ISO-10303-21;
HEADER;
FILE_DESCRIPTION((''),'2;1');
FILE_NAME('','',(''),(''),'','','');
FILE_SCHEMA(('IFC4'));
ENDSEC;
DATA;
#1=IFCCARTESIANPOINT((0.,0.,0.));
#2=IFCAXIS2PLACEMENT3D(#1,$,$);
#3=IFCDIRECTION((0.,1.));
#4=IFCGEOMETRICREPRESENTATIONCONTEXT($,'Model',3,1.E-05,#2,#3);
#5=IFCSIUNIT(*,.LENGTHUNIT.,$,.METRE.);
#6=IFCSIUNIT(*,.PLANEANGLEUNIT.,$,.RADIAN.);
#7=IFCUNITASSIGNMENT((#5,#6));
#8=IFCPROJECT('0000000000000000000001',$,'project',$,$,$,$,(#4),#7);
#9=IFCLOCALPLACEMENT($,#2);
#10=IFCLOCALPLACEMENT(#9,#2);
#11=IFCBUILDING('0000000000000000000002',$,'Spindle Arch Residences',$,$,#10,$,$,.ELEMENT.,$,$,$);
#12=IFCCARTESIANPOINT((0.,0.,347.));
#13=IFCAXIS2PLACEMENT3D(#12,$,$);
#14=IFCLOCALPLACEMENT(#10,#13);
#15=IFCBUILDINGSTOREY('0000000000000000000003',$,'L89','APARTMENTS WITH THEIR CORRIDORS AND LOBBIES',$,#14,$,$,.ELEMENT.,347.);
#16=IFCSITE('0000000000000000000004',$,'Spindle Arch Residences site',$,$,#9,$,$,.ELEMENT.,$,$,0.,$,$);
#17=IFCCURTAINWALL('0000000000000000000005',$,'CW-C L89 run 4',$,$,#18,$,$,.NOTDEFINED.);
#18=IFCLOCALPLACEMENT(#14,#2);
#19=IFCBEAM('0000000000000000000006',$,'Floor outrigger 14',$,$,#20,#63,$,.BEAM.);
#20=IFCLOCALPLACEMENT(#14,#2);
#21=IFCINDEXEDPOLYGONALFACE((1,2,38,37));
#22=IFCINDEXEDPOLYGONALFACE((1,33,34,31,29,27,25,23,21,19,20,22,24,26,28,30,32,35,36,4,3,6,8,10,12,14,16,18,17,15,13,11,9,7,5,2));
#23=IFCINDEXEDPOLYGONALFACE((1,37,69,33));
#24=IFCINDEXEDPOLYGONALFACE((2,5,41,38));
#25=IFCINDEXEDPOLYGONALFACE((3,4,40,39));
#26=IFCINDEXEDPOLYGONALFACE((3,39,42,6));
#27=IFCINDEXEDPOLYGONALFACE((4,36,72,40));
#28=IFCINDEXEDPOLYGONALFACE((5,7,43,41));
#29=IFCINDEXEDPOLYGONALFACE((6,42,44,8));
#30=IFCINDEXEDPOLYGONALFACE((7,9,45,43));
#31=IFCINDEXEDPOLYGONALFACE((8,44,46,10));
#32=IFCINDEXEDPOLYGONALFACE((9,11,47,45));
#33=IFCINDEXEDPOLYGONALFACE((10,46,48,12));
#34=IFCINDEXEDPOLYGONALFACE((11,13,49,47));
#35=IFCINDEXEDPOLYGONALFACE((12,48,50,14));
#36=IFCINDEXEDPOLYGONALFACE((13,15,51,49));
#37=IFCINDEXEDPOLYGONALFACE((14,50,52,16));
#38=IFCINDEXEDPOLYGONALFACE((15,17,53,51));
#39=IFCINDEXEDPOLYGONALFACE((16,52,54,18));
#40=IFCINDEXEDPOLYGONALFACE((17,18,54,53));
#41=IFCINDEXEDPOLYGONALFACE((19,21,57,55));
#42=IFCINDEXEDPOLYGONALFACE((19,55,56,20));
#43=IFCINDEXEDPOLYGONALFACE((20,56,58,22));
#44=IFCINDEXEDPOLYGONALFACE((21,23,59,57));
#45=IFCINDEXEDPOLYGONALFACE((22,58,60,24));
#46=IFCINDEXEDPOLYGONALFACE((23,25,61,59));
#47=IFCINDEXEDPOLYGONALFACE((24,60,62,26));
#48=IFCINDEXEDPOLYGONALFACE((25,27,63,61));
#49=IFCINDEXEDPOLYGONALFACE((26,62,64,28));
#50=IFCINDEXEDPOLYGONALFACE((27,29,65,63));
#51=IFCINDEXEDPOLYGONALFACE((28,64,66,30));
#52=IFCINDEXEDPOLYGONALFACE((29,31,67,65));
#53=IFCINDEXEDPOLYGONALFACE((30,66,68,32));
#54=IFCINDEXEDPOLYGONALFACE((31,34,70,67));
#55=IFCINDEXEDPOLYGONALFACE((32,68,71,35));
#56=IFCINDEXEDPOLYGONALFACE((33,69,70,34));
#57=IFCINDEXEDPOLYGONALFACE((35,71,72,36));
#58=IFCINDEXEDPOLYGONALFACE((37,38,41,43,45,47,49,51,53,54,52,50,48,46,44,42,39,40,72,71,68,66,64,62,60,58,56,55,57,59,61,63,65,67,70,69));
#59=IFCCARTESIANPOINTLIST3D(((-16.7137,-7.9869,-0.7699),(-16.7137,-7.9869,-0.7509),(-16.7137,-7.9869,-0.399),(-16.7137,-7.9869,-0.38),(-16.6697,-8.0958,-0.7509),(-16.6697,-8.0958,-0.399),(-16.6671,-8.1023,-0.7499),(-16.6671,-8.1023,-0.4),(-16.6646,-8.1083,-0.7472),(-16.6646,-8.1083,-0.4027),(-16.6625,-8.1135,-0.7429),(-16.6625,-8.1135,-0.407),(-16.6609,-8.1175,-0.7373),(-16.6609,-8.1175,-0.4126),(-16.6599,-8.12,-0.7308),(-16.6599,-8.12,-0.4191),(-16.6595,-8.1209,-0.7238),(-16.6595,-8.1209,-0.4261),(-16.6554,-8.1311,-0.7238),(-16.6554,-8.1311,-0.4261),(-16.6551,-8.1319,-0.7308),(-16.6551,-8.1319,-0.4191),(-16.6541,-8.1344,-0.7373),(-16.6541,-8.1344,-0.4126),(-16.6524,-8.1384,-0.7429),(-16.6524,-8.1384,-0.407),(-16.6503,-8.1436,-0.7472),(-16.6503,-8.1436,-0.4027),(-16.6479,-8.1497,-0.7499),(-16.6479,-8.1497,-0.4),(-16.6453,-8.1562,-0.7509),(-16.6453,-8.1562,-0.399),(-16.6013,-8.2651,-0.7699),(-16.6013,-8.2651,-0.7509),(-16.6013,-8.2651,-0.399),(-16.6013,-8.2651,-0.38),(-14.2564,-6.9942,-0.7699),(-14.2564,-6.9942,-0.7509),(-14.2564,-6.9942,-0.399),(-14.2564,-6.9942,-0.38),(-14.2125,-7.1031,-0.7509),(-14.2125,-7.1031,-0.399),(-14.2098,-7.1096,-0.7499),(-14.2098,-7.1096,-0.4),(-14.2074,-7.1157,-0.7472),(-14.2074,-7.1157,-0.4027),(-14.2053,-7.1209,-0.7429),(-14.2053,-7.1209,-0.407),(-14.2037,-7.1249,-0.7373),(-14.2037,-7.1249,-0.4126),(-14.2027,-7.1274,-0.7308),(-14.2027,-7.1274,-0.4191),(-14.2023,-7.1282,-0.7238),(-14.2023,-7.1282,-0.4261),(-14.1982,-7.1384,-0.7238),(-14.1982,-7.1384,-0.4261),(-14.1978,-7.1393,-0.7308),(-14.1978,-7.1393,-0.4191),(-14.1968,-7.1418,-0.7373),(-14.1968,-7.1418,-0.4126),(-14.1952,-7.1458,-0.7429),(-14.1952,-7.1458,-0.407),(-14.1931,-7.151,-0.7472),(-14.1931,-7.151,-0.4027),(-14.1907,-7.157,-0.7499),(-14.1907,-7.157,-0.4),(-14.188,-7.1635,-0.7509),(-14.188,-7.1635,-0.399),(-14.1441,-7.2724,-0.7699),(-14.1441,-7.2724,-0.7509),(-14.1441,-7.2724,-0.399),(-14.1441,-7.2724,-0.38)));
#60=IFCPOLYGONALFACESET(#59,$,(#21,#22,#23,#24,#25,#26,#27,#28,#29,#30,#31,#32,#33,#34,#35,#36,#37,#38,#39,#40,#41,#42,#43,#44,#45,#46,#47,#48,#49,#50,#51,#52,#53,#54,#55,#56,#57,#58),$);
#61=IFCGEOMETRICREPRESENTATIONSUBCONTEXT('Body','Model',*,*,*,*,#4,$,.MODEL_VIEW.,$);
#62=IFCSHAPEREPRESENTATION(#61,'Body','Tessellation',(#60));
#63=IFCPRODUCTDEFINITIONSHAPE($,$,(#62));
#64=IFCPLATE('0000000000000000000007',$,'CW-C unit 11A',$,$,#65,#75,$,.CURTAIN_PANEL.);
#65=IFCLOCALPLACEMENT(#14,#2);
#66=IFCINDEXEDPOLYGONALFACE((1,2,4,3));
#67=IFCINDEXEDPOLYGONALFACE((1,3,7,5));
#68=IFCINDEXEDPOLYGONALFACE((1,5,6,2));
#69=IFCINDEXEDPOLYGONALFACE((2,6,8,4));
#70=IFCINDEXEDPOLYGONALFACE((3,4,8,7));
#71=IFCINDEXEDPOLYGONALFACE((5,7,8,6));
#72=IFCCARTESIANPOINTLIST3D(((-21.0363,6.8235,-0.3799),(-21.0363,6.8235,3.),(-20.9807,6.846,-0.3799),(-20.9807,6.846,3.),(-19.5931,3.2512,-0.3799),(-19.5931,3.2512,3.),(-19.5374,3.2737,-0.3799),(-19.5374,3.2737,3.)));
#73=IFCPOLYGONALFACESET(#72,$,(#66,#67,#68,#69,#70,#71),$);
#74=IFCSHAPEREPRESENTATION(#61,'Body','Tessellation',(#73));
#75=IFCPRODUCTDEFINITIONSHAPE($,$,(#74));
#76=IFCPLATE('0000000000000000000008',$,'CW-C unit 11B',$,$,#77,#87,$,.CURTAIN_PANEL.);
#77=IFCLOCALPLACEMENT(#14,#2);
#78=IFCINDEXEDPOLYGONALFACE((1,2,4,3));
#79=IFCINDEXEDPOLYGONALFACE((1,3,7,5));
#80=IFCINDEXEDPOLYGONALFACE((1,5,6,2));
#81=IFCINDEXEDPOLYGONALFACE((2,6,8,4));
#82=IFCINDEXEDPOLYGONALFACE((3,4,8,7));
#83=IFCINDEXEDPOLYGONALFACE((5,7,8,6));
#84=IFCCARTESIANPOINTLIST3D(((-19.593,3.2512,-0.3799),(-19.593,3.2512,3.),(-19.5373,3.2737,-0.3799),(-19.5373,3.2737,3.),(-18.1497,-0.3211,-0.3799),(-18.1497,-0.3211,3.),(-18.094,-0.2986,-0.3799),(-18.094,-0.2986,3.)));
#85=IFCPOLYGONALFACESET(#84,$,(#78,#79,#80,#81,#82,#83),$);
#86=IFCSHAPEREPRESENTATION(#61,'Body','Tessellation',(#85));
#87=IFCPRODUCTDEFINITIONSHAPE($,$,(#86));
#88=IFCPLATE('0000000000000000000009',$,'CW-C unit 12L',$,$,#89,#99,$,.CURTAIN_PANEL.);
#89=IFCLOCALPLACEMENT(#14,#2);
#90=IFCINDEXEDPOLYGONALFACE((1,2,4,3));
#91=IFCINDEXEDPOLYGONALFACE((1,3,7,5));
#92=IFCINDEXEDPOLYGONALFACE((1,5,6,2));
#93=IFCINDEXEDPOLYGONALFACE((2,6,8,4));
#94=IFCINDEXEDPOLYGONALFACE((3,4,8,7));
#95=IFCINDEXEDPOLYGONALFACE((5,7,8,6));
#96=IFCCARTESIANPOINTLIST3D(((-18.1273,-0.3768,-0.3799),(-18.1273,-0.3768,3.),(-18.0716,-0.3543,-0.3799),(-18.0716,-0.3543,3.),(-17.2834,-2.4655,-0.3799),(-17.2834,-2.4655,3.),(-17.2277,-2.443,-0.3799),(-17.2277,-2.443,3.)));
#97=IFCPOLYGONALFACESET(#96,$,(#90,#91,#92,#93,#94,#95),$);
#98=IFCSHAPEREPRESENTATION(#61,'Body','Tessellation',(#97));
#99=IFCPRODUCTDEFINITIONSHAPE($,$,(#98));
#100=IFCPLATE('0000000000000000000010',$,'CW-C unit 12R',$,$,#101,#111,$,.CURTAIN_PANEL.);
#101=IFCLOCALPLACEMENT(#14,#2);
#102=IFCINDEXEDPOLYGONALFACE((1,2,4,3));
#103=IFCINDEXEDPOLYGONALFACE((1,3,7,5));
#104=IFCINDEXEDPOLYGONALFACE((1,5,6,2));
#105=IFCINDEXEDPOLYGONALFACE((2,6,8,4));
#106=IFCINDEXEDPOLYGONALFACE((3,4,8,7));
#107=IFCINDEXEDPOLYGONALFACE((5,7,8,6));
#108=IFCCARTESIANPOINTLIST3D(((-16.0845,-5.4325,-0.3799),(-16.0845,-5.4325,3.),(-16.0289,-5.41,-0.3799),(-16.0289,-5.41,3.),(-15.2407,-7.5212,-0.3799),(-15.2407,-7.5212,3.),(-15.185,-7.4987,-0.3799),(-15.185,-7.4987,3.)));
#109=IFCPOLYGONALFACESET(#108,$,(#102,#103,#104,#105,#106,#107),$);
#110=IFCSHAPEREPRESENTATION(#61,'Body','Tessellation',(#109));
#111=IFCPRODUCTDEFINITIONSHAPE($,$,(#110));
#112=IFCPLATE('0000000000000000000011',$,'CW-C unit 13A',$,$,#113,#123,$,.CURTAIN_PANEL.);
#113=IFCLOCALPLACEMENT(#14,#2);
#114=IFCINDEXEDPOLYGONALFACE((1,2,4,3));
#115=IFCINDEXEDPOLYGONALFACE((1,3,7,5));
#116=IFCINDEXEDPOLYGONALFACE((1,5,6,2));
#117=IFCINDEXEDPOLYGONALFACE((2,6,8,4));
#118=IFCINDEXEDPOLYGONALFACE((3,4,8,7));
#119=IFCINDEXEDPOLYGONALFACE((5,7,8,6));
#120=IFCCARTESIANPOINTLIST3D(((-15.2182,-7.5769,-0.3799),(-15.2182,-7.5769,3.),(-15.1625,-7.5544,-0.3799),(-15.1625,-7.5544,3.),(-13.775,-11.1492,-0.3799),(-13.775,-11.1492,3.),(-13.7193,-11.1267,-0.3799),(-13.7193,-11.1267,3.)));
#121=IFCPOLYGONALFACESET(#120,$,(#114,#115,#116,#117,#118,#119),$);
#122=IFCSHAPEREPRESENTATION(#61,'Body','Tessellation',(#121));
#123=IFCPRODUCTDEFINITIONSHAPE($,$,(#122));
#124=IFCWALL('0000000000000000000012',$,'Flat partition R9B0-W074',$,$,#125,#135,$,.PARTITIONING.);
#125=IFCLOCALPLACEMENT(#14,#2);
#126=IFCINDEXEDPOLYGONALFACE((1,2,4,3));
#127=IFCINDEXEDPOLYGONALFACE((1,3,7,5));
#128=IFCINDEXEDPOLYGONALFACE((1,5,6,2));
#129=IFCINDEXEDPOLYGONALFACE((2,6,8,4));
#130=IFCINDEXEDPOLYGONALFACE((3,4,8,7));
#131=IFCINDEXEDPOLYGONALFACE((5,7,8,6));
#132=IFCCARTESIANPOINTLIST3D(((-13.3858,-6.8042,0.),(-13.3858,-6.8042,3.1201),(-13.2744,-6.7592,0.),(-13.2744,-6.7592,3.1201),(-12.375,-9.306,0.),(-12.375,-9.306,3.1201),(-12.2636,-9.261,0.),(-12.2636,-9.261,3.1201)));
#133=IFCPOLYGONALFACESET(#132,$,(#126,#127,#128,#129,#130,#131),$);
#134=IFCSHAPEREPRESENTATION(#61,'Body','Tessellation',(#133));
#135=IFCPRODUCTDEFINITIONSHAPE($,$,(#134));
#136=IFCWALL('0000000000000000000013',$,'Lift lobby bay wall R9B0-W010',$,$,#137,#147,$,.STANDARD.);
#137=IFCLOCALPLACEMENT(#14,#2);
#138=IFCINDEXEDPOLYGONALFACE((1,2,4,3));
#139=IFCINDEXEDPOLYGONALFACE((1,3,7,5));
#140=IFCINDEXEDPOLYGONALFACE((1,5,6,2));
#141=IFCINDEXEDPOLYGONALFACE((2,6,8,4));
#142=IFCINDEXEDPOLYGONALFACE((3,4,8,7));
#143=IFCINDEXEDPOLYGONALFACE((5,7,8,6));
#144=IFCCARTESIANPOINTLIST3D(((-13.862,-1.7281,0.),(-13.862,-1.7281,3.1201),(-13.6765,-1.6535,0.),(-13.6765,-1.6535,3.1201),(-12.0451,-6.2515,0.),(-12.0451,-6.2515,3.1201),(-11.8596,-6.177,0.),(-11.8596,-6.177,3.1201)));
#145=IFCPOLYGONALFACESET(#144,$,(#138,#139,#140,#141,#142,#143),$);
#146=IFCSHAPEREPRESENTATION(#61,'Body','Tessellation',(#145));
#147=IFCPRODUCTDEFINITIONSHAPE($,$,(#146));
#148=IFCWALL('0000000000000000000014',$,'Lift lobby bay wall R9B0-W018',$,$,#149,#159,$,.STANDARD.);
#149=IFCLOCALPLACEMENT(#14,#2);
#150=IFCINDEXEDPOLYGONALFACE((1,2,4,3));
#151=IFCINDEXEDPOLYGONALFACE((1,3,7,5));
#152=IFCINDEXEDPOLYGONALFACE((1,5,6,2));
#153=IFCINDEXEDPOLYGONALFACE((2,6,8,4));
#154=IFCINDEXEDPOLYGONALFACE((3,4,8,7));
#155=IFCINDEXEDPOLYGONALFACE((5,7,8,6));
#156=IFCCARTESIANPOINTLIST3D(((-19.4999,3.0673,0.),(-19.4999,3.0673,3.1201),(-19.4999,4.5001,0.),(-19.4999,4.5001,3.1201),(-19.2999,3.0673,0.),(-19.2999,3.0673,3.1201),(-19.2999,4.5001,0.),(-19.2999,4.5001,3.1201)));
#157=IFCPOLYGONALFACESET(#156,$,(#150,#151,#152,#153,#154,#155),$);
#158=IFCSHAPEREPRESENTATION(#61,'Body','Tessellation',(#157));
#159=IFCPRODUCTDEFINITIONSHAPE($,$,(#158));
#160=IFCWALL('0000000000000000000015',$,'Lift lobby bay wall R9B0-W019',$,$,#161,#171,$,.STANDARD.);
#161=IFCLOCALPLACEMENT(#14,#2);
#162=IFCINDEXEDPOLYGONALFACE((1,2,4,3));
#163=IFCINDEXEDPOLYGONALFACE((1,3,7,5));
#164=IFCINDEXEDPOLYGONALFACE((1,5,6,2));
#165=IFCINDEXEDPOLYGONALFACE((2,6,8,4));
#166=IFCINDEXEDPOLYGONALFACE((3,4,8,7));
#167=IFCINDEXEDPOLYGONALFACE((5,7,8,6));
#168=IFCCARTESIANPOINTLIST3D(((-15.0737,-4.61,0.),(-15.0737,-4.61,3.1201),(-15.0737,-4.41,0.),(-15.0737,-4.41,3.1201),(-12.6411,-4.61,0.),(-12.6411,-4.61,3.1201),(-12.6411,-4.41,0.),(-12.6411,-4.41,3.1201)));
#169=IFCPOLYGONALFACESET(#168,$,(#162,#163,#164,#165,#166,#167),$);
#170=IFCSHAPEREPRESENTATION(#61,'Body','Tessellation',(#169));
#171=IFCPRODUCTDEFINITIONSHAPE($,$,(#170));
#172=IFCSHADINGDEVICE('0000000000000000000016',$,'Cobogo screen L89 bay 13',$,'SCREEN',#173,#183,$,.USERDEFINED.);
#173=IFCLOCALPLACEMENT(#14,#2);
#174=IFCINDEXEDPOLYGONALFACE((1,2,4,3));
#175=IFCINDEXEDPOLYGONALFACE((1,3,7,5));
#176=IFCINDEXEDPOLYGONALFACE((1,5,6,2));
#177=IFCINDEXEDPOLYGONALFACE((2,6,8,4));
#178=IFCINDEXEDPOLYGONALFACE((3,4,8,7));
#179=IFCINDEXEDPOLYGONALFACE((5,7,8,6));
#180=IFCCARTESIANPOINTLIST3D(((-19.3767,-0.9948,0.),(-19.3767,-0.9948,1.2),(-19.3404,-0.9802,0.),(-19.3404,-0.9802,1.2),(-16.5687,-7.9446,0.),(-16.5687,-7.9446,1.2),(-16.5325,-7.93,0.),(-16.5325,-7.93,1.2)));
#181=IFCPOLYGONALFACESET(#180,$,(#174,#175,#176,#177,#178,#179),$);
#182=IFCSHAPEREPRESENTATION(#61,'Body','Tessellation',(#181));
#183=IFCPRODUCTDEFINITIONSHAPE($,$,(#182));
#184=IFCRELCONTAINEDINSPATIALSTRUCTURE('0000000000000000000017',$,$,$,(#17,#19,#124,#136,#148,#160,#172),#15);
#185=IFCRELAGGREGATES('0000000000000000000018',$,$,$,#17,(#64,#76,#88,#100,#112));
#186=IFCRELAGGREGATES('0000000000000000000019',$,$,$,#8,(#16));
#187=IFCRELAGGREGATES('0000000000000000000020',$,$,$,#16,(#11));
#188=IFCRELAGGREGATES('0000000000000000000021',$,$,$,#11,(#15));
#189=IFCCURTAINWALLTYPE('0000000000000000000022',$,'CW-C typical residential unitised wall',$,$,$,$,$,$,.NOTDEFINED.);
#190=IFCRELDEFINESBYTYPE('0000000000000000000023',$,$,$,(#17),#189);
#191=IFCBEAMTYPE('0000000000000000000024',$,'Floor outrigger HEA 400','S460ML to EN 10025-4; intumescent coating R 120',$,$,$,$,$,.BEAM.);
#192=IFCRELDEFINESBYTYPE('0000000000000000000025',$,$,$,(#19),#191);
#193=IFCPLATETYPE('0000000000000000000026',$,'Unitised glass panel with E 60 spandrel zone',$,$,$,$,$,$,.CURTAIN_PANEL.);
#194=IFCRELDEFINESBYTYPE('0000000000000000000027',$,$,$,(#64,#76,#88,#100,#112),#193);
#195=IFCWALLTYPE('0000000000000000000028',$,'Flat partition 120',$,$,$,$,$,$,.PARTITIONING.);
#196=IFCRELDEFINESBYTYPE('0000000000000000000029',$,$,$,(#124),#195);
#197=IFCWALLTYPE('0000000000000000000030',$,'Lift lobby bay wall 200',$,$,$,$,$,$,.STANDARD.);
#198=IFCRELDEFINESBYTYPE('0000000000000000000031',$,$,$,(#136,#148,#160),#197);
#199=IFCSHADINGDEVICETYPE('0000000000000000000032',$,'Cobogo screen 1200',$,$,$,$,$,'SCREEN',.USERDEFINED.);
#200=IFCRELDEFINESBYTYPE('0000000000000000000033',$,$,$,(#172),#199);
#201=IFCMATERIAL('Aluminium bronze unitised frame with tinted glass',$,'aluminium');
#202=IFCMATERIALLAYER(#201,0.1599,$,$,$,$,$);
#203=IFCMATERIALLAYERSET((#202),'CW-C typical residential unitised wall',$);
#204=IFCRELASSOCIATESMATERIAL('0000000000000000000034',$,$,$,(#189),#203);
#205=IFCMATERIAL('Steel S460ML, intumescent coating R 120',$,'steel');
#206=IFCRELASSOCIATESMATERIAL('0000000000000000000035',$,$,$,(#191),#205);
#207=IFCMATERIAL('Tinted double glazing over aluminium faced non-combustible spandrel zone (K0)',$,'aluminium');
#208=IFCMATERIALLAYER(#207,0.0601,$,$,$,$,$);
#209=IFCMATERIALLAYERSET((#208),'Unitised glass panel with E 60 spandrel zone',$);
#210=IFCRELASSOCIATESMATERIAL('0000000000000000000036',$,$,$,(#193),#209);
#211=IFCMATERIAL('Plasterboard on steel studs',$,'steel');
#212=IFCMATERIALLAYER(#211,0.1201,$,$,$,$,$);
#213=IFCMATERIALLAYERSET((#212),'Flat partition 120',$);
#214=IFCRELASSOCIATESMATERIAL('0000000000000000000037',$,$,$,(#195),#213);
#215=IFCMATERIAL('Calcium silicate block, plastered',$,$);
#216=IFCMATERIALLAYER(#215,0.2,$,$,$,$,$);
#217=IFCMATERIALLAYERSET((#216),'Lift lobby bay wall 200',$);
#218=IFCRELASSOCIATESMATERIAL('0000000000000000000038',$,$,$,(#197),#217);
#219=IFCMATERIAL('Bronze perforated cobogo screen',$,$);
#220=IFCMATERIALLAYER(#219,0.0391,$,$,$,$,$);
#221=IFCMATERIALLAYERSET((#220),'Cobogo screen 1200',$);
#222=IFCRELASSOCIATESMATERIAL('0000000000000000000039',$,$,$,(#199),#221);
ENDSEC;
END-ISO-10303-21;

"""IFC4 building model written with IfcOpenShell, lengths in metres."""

from ifc_helpers import new_model, si_unit, direction, frame, frame_2d, origin, origin_2d, place, context, subcontext, project, spatial, rectangle, i_section, extrude, material, layer, layer_set, material_profile, profile_set, type_object, element, aggregate, save


model = new_model("IFC4")

# Units and contexts
model_context = context("Model", 3, precision=1e-05, world=origin(), true_north=direction((0.0, 1.0)))
body_context = subcontext(model_context, "Body", "Model", "MODEL_VIEW")
ifc_project = project(units=[si_unit("LENGTHUNIT", "METRE"), si_unit("PLANEANGLEUNIT", "RADIAN")], contexts=[model_context])

# Site, building, storey
site_placement = place(None, origin())
site = spatial("IfcSite", under=ifc_project, at=site_placement, Name="Spindle Arch Residences site", CompositionType="ELEMENT", RefElevation=0.0)
building_placement = place(site_placement, origin())
building = spatial("IfcBuilding", under=site, at=building_placement, Name="Spindle Arch Residences", CompositionType="ELEMENT")
storey_placement = place(building_placement, frame((0.0, 0.0, 347.0)))
storey = spatial("IfcBuildingStorey", under=building, at=storey_placement, Name="L89", Description="APARTMENTS WITH THEIR CORRIDORS AND LOBBIES", CompositionType="ELEMENT", Elevation=347.0)

# Curtain wall
ifc_material_1 = material(Name="Aluminium bronze unitised frame with tinted glass", Category="aluminium")
ifc_layer_1 = layer(ifc_material_1, 0.1599)
ifc_layer_set_1 = layer_set([ifc_layer_1], Name="CW-C typical residential unitised wall")
curtain_wall_type = type_object("IfcCurtainWallType", Name="CW-C typical residential unitised wall", PredefinedType="NOTDEFINED", material=ifc_layer_set_1)
curtain_wall_placement = place(storey_placement, origin())
curtain_wall = element("IfcCurtainWall", 1, at=curtain_wall_placement, inside=storey, type_object=curtain_wall_type, Name="CW-C L89 run 4", PredefinedType="NOTDEFINED")

# Beam
ifc_material_2 = material(Name="Steel S460ML, intumescent coating R 120", Category="steel")
ifc_material_profile_1 = material_profile(ifc_material_2, i_section(OverallWidth=0.3, OverallDepth=0.3899, WebThickness=0.011, FlangeThickness=0.019, FilletRadius=0.0271, at=origin_2d()), Name="HEA 400")
ifc_profile_set_1 = profile_set([ifc_material_profile_1], Name="Steel S460ML, intumescent coating R 120")
beam_type_1 = type_object("IfcBeamType", Name="Floor outrigger HEA 400", Description="S460ML to EN 10025-4; intumescent coating R 120", PredefinedType="BEAM", material=ifc_profile_set_1)
beam_1_placement = place(storey_placement, frame((-16.6575, -8.126, -0.575), z_axis=(0.927201, 0.374565, 0.0), x_axis=(-0.374565, 0.927201, 0.0)))
element("IfcBeam", 2, at=beam_1_placement, inside=storey, type_object=beam_type_1, Name="Floor outrigger 14", PredefinedType="BEAM", context=body_context, shape_type="SweptSolid", body=[
    extrude(i_section(OverallWidth=0.3, OverallDepth=0.3899, WebThickness=0.011, FlangeThickness=0.019, FilletRadius=0.0271, at=origin_2d()), origin(), (0.0, 0.0, 1.0), 2.6501),
])

# Plates
ifc_material_3 = material(Name="Tinted double glazing over aluminium faced non-combustible spandrel zone (K0)", Category="aluminium")
ifc_layer_2 = layer(ifc_material_3, 0.0601)
ifc_layer_set_2 = layer_set([ifc_layer_2], Name="Unitised glass panel with E 60 spandrel zone")
plate_type = type_object("IfcPlateType", Name="Unitised glass panel with E 60 spandrel zone", PredefinedType="CURTAIN_PANEL", material=ifc_layer_set_2)
plate_1_placement = place(storey_placement, frame((-20.2869, 5.0486, -0.3799), z_axis=(0.0, 0.0, 1.0), x_axis=(0.374607, -0.927184, 0.0)))
plate_1 = element("IfcPlate", 3, at=plate_1_placement, type_object=plate_type, Name="CW-C unit 11A", PredefinedType="CURTAIN_PANEL", context=body_context, shape_type="SweptSolid", body=[
    extrude(rectangle(XDim=3.8528, YDim=0.0601, at=origin_2d()), origin(), (0.0, 0.0, 1.0), 3.3799),
])
plate_2_placement = place(storey_placement, frame((-18.8435, 1.4763, -0.3799), z_axis=(0.0, 0.0, 1.0), x_axis=(0.374607, -0.927184, 0.0)))
plate_2 = element("IfcPlate", 4, at=plate_2_placement, type_object=plate_type, Name="CW-C unit 11B", PredefinedType="CURTAIN_PANEL", context=body_context, shape_type="SweptSolid", body=[
    extrude(rectangle(XDim=3.8528, YDim=0.0601, at=origin_2d()), origin(), (0.0, 0.0, 1.0), 3.3799),
])
plate_3_placement = place(storey_placement, frame((-17.6775, -1.4099, -0.3799), z_axis=(0.0, 0.0, 1.0), x_axis=(0.374607, -0.927184, 0.0)))
plate_3 = element("IfcPlate", 5, at=plate_3_placement, type_object=plate_type, Name="CW-C unit 12L", PredefinedType="CURTAIN_PANEL", context=body_context, shape_type="SweptSolid", body=[
    extrude(rectangle(XDim=2.2527, YDim=0.0601, at=origin_2d()), origin(), (0.0, 0.0, 1.0), 3.3799),
])
plate_4_placement = place(storey_placement, frame((-15.6348, -6.4656, -0.3799), z_axis=(0.0, 0.0, 1.0), x_axis=(0.374607, -0.927184, 0.0)))
plate_4 = element("IfcPlate", 6, at=plate_4_placement, type_object=plate_type, Name="CW-C unit 12R", PredefinedType="CURTAIN_PANEL", context=body_context, shape_type="SweptSolid", body=[
    extrude(rectangle(XDim=2.2527, YDim=0.0601, at=origin_2d()), origin(), (0.0, 0.0, 1.0), 3.3799),
])
plate_5_placement = place(storey_placement, frame((-14.4688, -9.3518, -0.3799), z_axis=(0.0, 0.0, 1.0), x_axis=(0.374607, -0.927184, 0.0)))
plate_5 = element("IfcPlate", 7, at=plate_5_placement, type_object=plate_type, Name="CW-C unit 13A", PredefinedType="CURTAIN_PANEL", context=body_context, shape_type="SweptSolid", body=[
    extrude(rectangle(XDim=3.8528, YDim=0.0601, at=origin_2d()), origin(), (0.0, 0.0, 1.0), 3.3799),
])
aggregate(curtain_wall, [plate_1, plate_2, plate_3, plate_4, plate_5])

# Wall
ifc_material_4 = material(Name="Plasterboard on steel studs", Category="steel")
ifc_layer_3 = layer(ifc_material_4, 0.1201)
ifc_layer_set_3 = layer_set([ifc_layer_3], Name="Flat partition 120")
wall_type_1 = type_object("IfcWallType", Name="Flat partition 120", PredefinedType="PARTITIONING", material=ifc_layer_set_3)
wall_1_placement = place(storey_placement, frame((-13.3301, -6.7817, 0.0), z_axis=(0.0, 0.0, 1.0), x_axis=(0.374602, -0.927186, 0.0)))
element("IfcWall", 8, at=wall_1_placement, inside=storey, type_object=wall_type_1, Name="Flat partition R9B0-W074", PredefinedType="PARTITIONING", context=body_context, shape_type="SweptSolid", body=[
    extrude(rectangle(XDim=2.6982, YDim=0.1201, at=frame_2d((1.3491, 0.0))), origin(), (0.0, 0.0, 1.0), 3.1201),
])

# Walls
ifc_material_5 = material(Name="Calcium silicate block, plastered")
ifc_layer_4 = layer(ifc_material_5, 0.2)
ifc_layer_set_4 = layer_set([ifc_layer_4], Name="Lift lobby bay wall 200")
wall_type_2 = type_object("IfcWallType", Name="Lift lobby bay wall 200", PredefinedType="STANDARD", material=ifc_layer_set_4)
wall_2_placement = place(storey_placement, frame((-13.7693, -1.6907, 0.0), z_axis=(0.0, 0.0, 1.0), x_axis=(0.37272, -0.927944, 0.0)))
element("IfcWall", 9, at=wall_2_placement, inside=storey, type_object=wall_type_2, Name="Lift lobby bay wall R9B0-W010", PredefinedType="STANDARD", context=body_context, shape_type="SweptSolid", body=[
    extrude(rectangle(XDim=4.8748, YDim=0.2, at=frame_2d((2.4375, 0.0))), origin(), (0.0, 0.0, 1.0), 3.1201),
])
wall_3_placement = place(storey_placement, frame((-19.3999, 4.5, 0.0), z_axis=(0.0, 0.0, 1.0), x_axis=(0.0, -1.0, 0.0)))
element("IfcWall", 10, at=wall_3_placement, inside=storey, type_object=wall_type_2, Name="Lift lobby bay wall R9B0-W018", PredefinedType="STANDARD", context=body_context, shape_type="SweptSolid", body=[
    extrude(rectangle(XDim=1.4329, YDim=0.2, at=frame_2d((0.7163, 0.0))), origin(), (0.0, 0.0, 1.0), 3.1201),
])
wall_4_placement = place(storey_placement, frame((-15.0737, -4.51, 0.0), z_axis=(0.0, 0.0, 1.0), x_axis=(1.0, 0.0, 0.0)))
element("IfcWall", 11, at=wall_4_placement, inside=storey, type_object=wall_type_2, Name="Lift lobby bay wall R9B0-W019", PredefinedType="STANDARD", context=body_context, shape_type="SweptSolid", body=[
    extrude(rectangle(XDim=2.4326, YDim=0.2, at=frame_2d((1.2163, 0.0))), origin(), (0.0, 0.0, 1.0), 3.1201),
])

# Shading device
ifc_material_6 = material(Name="Bronze perforated cobogo screen")
ifc_layer_5 = layer(ifc_material_6, 0.0391)
ifc_layer_set_5 = layer_set([ifc_layer_5], Name="Cobogo screen 1200")
shading_device_type = type_object("IfcShadingDeviceType", Name="Cobogo screen 1200", ElementType="SCREEN", PredefinedType="USERDEFINED", material=ifc_layer_set_5)
shading_device_placement = place(storey_placement, frame((-17.9546, -4.4624, 0.0), z_axis=(0.0, 0.0, 1.0), x_axis=(0.374607, -0.927184, 0.0)))
element("IfcShadingDevice", 12, at=shading_device_placement, inside=storey, type_object=shading_device_type, Name="Cobogo screen L89 bay 13", ObjectType="SCREEN", PredefinedType="USERDEFINED", context=body_context, shape_type="SweptSolid", body=[
    extrude(rectangle(XDim=7.4956, YDim=0.0391, at=origin_2d()), origin(), (0.0, 0.0, 1.0), 1.2),
])

save(model, "model.ifc")
